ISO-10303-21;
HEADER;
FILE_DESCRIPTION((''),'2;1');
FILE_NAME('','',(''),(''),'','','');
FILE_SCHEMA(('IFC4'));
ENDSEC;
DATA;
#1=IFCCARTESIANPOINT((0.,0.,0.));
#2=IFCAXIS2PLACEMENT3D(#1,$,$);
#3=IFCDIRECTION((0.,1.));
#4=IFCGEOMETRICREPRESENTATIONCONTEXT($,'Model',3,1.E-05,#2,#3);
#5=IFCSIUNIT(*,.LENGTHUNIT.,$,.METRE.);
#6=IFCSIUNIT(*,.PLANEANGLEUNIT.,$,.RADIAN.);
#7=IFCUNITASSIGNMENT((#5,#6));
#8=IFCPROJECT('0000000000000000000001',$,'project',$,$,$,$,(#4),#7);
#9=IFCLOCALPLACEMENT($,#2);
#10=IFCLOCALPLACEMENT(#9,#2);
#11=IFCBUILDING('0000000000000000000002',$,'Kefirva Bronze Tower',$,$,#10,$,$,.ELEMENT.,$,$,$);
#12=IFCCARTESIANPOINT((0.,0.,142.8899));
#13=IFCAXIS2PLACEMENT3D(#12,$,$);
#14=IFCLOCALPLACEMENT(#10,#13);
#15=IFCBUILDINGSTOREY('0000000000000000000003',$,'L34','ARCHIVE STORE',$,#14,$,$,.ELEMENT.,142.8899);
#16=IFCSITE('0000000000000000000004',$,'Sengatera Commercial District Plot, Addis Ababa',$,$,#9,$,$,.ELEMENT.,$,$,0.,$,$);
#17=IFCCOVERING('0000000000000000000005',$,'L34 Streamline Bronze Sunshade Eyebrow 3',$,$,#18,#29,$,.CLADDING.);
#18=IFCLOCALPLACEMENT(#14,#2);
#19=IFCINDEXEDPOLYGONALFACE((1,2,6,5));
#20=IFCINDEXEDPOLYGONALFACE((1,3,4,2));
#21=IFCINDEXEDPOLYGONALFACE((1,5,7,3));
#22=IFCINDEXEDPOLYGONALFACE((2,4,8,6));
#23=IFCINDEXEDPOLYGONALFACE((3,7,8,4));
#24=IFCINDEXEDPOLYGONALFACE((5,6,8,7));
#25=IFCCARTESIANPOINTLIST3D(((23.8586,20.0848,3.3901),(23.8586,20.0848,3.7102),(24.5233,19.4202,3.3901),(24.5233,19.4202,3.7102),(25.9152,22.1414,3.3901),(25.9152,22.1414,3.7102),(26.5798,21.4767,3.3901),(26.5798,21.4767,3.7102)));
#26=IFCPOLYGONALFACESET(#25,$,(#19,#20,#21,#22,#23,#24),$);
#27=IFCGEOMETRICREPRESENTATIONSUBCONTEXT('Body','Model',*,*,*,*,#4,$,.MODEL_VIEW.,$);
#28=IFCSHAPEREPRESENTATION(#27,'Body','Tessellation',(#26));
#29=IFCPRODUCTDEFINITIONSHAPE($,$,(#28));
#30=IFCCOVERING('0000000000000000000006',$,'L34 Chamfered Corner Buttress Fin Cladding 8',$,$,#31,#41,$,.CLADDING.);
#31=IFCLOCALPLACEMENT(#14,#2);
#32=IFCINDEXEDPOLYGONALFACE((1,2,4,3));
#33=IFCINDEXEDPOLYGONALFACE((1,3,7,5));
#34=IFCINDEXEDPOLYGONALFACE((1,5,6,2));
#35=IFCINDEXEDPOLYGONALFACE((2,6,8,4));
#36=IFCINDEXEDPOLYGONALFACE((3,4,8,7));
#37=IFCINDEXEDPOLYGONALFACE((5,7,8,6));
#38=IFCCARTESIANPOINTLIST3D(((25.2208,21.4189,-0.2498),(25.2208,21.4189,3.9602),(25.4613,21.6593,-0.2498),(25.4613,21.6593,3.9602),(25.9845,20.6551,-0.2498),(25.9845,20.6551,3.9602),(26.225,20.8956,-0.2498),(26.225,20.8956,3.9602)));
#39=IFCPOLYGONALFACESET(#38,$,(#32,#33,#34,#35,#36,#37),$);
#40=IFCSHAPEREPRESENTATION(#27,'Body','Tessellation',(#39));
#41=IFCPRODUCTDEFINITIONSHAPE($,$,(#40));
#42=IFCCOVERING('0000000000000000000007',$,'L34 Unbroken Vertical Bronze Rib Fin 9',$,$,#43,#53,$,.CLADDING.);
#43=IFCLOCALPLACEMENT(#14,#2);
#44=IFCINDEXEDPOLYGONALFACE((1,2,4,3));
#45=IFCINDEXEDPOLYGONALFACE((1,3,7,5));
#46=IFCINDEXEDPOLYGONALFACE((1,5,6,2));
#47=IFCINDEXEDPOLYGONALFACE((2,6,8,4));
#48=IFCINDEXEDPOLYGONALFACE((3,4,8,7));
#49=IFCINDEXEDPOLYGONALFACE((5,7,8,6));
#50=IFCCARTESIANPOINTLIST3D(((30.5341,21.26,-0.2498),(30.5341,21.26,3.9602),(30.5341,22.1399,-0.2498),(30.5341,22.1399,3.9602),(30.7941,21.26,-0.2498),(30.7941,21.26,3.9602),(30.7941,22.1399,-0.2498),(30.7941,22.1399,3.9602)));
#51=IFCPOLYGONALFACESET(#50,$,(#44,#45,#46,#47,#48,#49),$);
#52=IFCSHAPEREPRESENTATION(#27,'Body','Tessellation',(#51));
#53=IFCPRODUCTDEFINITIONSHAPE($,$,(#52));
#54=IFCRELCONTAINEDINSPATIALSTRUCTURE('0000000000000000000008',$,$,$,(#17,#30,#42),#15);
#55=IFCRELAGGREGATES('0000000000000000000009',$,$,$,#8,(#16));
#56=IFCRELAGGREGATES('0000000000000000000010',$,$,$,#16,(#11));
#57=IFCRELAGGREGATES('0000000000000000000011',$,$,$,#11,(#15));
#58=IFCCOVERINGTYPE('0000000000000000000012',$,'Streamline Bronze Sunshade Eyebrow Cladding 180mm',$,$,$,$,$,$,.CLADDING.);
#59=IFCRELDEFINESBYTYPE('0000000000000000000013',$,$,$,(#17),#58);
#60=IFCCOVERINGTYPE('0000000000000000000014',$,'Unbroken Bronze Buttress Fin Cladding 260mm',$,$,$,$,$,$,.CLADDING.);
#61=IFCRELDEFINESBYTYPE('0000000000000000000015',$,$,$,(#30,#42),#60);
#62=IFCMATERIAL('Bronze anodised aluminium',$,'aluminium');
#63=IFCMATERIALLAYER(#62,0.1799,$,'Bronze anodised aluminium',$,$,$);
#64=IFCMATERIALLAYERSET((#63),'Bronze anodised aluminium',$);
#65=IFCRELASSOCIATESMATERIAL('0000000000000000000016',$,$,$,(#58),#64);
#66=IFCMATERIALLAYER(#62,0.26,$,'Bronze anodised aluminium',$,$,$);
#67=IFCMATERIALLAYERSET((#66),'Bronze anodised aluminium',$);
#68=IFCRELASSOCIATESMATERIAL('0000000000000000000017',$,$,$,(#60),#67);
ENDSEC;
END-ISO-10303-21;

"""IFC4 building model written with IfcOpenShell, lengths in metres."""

from ifc_helpers import new_model, si_unit, direction, frame, origin, origin_2d, place, context, subcontext, project, spatial, rectangle, extrude, material, layer, layer_set, type_object, element, save


model = new_model("IFC4")

# Units and contexts
model_context = context("Model", 3, precision=1e-05, world=origin(), true_north=direction((0.0, 1.0)))
body_context = subcontext(model_context, "Body", "Model", "MODEL_VIEW")
ifc_project = project(units=[si_unit("LENGTHUNIT", "METRE"), si_unit("PLANEANGLEUNIT", "RADIAN")], contexts=[model_context])

# Site, building, storey
site_placement = place(None, origin())
site = spatial("IfcSite", under=ifc_project, at=site_placement, Name="Sengatera Commercial District Plot, Addis Ababa", CompositionType="ELEMENT", RefElevation=0.0)
building_placement = place(site_placement, origin())
building = spatial("IfcBuilding", under=site, at=building_placement, Name="Kefirva Bronze Tower", CompositionType="ELEMENT")
storey_placement = place(building_placement, frame((0.0, 0.0, 142.8899)))
storey = spatial("IfcBuildingStorey", under=building, at=storey_placement, Name="L34", Description="ARCHIVE STORE", CompositionType="ELEMENT", Elevation=142.8899)

# Shared definitions
ifc_material_1 = material(Name="Bronze anodised aluminium", Category="aluminium")

# Coverings
ifc_layer_1 = layer(ifc_material_1, 0.1799, Name="Bronze anodised aluminium")
ifc_layer_set_1 = layer_set([ifc_layer_1], Name="Bronze anodised aluminium")
covering_type_1 = type_object("IfcCoveringType", Name="Streamline Bronze Sunshade Eyebrow Cladding 180mm", PredefinedType="CLADDING", material=ifc_layer_set_1)
covering_1_placement = place(storey_placement, frame((25.2192, 20.7808, 3.3901), z_axis=(0.0, 0.0, 1.0), x_axis=(0.707107, 0.707107, 0.0)))
element("IfcCovering", 1, at=covering_1_placement, inside=storey, type_object=covering_type_1, Name="L34 Streamline Bronze Sunshade Eyebrow 3", PredefinedType="CLADDING", context=body_context, shape_type="SweptSolid", body=[
    extrude(rectangle(XDim=2.9084, YDim=0.9399, at=origin_2d()), origin(), (0.0, 0.0, 1.0), 0.3201),
])
ifc_layer_2 = layer(ifc_material_1, 0.26, Name="Bronze anodised aluminium")
ifc_layer_set_2 = layer_set([ifc_layer_2], Name="Bronze anodised aluminium")
covering_type_2 = type_object("IfcCoveringType", Name="Unbroken Bronze Buttress Fin Cladding 260mm", PredefinedType="CLADDING", material=ifc_layer_set_2)
covering_2_placement = place(storey_placement, frame((25.7229, 21.1572, -0.2498), z_axis=(0.0, 0.0, 1.0), x_axis=(0.707107, 0.707107, 0.0)))
element("IfcCovering", 2, at=covering_2_placement, inside=storey, type_object=covering_type_2, Name="L34 Chamfered Corner Buttress Fin Cladding 8", PredefinedType="CLADDING", context=body_context, shape_type="SweptSolid", body=[
    extrude(rectangle(XDim=0.3401, YDim=1.0801, at=origin_2d()), origin(), (0.0, 0.0, 1.0), 4.21),
])
covering_3_placement = place(storey_placement, frame((30.6641, 21.7, -0.2498), z_axis=(0.0, 0.0, 1.0), x_axis=(1.0, 0.0, 0.0)))
element("IfcCovering", 3, at=covering_3_placement, inside=storey, type_object=covering_type_2, Name="L34 Unbroken Vertical Bronze Rib Fin 9", PredefinedType="CLADDING", context=body_context, shape_type="SweptSolid", body=[
    extrude(rectangle(XDim=0.26, YDim=0.8799, at=origin_2d()), origin(), (0.0, 0.0, 1.0), 4.21),
])

save(model, "model.ifc")
